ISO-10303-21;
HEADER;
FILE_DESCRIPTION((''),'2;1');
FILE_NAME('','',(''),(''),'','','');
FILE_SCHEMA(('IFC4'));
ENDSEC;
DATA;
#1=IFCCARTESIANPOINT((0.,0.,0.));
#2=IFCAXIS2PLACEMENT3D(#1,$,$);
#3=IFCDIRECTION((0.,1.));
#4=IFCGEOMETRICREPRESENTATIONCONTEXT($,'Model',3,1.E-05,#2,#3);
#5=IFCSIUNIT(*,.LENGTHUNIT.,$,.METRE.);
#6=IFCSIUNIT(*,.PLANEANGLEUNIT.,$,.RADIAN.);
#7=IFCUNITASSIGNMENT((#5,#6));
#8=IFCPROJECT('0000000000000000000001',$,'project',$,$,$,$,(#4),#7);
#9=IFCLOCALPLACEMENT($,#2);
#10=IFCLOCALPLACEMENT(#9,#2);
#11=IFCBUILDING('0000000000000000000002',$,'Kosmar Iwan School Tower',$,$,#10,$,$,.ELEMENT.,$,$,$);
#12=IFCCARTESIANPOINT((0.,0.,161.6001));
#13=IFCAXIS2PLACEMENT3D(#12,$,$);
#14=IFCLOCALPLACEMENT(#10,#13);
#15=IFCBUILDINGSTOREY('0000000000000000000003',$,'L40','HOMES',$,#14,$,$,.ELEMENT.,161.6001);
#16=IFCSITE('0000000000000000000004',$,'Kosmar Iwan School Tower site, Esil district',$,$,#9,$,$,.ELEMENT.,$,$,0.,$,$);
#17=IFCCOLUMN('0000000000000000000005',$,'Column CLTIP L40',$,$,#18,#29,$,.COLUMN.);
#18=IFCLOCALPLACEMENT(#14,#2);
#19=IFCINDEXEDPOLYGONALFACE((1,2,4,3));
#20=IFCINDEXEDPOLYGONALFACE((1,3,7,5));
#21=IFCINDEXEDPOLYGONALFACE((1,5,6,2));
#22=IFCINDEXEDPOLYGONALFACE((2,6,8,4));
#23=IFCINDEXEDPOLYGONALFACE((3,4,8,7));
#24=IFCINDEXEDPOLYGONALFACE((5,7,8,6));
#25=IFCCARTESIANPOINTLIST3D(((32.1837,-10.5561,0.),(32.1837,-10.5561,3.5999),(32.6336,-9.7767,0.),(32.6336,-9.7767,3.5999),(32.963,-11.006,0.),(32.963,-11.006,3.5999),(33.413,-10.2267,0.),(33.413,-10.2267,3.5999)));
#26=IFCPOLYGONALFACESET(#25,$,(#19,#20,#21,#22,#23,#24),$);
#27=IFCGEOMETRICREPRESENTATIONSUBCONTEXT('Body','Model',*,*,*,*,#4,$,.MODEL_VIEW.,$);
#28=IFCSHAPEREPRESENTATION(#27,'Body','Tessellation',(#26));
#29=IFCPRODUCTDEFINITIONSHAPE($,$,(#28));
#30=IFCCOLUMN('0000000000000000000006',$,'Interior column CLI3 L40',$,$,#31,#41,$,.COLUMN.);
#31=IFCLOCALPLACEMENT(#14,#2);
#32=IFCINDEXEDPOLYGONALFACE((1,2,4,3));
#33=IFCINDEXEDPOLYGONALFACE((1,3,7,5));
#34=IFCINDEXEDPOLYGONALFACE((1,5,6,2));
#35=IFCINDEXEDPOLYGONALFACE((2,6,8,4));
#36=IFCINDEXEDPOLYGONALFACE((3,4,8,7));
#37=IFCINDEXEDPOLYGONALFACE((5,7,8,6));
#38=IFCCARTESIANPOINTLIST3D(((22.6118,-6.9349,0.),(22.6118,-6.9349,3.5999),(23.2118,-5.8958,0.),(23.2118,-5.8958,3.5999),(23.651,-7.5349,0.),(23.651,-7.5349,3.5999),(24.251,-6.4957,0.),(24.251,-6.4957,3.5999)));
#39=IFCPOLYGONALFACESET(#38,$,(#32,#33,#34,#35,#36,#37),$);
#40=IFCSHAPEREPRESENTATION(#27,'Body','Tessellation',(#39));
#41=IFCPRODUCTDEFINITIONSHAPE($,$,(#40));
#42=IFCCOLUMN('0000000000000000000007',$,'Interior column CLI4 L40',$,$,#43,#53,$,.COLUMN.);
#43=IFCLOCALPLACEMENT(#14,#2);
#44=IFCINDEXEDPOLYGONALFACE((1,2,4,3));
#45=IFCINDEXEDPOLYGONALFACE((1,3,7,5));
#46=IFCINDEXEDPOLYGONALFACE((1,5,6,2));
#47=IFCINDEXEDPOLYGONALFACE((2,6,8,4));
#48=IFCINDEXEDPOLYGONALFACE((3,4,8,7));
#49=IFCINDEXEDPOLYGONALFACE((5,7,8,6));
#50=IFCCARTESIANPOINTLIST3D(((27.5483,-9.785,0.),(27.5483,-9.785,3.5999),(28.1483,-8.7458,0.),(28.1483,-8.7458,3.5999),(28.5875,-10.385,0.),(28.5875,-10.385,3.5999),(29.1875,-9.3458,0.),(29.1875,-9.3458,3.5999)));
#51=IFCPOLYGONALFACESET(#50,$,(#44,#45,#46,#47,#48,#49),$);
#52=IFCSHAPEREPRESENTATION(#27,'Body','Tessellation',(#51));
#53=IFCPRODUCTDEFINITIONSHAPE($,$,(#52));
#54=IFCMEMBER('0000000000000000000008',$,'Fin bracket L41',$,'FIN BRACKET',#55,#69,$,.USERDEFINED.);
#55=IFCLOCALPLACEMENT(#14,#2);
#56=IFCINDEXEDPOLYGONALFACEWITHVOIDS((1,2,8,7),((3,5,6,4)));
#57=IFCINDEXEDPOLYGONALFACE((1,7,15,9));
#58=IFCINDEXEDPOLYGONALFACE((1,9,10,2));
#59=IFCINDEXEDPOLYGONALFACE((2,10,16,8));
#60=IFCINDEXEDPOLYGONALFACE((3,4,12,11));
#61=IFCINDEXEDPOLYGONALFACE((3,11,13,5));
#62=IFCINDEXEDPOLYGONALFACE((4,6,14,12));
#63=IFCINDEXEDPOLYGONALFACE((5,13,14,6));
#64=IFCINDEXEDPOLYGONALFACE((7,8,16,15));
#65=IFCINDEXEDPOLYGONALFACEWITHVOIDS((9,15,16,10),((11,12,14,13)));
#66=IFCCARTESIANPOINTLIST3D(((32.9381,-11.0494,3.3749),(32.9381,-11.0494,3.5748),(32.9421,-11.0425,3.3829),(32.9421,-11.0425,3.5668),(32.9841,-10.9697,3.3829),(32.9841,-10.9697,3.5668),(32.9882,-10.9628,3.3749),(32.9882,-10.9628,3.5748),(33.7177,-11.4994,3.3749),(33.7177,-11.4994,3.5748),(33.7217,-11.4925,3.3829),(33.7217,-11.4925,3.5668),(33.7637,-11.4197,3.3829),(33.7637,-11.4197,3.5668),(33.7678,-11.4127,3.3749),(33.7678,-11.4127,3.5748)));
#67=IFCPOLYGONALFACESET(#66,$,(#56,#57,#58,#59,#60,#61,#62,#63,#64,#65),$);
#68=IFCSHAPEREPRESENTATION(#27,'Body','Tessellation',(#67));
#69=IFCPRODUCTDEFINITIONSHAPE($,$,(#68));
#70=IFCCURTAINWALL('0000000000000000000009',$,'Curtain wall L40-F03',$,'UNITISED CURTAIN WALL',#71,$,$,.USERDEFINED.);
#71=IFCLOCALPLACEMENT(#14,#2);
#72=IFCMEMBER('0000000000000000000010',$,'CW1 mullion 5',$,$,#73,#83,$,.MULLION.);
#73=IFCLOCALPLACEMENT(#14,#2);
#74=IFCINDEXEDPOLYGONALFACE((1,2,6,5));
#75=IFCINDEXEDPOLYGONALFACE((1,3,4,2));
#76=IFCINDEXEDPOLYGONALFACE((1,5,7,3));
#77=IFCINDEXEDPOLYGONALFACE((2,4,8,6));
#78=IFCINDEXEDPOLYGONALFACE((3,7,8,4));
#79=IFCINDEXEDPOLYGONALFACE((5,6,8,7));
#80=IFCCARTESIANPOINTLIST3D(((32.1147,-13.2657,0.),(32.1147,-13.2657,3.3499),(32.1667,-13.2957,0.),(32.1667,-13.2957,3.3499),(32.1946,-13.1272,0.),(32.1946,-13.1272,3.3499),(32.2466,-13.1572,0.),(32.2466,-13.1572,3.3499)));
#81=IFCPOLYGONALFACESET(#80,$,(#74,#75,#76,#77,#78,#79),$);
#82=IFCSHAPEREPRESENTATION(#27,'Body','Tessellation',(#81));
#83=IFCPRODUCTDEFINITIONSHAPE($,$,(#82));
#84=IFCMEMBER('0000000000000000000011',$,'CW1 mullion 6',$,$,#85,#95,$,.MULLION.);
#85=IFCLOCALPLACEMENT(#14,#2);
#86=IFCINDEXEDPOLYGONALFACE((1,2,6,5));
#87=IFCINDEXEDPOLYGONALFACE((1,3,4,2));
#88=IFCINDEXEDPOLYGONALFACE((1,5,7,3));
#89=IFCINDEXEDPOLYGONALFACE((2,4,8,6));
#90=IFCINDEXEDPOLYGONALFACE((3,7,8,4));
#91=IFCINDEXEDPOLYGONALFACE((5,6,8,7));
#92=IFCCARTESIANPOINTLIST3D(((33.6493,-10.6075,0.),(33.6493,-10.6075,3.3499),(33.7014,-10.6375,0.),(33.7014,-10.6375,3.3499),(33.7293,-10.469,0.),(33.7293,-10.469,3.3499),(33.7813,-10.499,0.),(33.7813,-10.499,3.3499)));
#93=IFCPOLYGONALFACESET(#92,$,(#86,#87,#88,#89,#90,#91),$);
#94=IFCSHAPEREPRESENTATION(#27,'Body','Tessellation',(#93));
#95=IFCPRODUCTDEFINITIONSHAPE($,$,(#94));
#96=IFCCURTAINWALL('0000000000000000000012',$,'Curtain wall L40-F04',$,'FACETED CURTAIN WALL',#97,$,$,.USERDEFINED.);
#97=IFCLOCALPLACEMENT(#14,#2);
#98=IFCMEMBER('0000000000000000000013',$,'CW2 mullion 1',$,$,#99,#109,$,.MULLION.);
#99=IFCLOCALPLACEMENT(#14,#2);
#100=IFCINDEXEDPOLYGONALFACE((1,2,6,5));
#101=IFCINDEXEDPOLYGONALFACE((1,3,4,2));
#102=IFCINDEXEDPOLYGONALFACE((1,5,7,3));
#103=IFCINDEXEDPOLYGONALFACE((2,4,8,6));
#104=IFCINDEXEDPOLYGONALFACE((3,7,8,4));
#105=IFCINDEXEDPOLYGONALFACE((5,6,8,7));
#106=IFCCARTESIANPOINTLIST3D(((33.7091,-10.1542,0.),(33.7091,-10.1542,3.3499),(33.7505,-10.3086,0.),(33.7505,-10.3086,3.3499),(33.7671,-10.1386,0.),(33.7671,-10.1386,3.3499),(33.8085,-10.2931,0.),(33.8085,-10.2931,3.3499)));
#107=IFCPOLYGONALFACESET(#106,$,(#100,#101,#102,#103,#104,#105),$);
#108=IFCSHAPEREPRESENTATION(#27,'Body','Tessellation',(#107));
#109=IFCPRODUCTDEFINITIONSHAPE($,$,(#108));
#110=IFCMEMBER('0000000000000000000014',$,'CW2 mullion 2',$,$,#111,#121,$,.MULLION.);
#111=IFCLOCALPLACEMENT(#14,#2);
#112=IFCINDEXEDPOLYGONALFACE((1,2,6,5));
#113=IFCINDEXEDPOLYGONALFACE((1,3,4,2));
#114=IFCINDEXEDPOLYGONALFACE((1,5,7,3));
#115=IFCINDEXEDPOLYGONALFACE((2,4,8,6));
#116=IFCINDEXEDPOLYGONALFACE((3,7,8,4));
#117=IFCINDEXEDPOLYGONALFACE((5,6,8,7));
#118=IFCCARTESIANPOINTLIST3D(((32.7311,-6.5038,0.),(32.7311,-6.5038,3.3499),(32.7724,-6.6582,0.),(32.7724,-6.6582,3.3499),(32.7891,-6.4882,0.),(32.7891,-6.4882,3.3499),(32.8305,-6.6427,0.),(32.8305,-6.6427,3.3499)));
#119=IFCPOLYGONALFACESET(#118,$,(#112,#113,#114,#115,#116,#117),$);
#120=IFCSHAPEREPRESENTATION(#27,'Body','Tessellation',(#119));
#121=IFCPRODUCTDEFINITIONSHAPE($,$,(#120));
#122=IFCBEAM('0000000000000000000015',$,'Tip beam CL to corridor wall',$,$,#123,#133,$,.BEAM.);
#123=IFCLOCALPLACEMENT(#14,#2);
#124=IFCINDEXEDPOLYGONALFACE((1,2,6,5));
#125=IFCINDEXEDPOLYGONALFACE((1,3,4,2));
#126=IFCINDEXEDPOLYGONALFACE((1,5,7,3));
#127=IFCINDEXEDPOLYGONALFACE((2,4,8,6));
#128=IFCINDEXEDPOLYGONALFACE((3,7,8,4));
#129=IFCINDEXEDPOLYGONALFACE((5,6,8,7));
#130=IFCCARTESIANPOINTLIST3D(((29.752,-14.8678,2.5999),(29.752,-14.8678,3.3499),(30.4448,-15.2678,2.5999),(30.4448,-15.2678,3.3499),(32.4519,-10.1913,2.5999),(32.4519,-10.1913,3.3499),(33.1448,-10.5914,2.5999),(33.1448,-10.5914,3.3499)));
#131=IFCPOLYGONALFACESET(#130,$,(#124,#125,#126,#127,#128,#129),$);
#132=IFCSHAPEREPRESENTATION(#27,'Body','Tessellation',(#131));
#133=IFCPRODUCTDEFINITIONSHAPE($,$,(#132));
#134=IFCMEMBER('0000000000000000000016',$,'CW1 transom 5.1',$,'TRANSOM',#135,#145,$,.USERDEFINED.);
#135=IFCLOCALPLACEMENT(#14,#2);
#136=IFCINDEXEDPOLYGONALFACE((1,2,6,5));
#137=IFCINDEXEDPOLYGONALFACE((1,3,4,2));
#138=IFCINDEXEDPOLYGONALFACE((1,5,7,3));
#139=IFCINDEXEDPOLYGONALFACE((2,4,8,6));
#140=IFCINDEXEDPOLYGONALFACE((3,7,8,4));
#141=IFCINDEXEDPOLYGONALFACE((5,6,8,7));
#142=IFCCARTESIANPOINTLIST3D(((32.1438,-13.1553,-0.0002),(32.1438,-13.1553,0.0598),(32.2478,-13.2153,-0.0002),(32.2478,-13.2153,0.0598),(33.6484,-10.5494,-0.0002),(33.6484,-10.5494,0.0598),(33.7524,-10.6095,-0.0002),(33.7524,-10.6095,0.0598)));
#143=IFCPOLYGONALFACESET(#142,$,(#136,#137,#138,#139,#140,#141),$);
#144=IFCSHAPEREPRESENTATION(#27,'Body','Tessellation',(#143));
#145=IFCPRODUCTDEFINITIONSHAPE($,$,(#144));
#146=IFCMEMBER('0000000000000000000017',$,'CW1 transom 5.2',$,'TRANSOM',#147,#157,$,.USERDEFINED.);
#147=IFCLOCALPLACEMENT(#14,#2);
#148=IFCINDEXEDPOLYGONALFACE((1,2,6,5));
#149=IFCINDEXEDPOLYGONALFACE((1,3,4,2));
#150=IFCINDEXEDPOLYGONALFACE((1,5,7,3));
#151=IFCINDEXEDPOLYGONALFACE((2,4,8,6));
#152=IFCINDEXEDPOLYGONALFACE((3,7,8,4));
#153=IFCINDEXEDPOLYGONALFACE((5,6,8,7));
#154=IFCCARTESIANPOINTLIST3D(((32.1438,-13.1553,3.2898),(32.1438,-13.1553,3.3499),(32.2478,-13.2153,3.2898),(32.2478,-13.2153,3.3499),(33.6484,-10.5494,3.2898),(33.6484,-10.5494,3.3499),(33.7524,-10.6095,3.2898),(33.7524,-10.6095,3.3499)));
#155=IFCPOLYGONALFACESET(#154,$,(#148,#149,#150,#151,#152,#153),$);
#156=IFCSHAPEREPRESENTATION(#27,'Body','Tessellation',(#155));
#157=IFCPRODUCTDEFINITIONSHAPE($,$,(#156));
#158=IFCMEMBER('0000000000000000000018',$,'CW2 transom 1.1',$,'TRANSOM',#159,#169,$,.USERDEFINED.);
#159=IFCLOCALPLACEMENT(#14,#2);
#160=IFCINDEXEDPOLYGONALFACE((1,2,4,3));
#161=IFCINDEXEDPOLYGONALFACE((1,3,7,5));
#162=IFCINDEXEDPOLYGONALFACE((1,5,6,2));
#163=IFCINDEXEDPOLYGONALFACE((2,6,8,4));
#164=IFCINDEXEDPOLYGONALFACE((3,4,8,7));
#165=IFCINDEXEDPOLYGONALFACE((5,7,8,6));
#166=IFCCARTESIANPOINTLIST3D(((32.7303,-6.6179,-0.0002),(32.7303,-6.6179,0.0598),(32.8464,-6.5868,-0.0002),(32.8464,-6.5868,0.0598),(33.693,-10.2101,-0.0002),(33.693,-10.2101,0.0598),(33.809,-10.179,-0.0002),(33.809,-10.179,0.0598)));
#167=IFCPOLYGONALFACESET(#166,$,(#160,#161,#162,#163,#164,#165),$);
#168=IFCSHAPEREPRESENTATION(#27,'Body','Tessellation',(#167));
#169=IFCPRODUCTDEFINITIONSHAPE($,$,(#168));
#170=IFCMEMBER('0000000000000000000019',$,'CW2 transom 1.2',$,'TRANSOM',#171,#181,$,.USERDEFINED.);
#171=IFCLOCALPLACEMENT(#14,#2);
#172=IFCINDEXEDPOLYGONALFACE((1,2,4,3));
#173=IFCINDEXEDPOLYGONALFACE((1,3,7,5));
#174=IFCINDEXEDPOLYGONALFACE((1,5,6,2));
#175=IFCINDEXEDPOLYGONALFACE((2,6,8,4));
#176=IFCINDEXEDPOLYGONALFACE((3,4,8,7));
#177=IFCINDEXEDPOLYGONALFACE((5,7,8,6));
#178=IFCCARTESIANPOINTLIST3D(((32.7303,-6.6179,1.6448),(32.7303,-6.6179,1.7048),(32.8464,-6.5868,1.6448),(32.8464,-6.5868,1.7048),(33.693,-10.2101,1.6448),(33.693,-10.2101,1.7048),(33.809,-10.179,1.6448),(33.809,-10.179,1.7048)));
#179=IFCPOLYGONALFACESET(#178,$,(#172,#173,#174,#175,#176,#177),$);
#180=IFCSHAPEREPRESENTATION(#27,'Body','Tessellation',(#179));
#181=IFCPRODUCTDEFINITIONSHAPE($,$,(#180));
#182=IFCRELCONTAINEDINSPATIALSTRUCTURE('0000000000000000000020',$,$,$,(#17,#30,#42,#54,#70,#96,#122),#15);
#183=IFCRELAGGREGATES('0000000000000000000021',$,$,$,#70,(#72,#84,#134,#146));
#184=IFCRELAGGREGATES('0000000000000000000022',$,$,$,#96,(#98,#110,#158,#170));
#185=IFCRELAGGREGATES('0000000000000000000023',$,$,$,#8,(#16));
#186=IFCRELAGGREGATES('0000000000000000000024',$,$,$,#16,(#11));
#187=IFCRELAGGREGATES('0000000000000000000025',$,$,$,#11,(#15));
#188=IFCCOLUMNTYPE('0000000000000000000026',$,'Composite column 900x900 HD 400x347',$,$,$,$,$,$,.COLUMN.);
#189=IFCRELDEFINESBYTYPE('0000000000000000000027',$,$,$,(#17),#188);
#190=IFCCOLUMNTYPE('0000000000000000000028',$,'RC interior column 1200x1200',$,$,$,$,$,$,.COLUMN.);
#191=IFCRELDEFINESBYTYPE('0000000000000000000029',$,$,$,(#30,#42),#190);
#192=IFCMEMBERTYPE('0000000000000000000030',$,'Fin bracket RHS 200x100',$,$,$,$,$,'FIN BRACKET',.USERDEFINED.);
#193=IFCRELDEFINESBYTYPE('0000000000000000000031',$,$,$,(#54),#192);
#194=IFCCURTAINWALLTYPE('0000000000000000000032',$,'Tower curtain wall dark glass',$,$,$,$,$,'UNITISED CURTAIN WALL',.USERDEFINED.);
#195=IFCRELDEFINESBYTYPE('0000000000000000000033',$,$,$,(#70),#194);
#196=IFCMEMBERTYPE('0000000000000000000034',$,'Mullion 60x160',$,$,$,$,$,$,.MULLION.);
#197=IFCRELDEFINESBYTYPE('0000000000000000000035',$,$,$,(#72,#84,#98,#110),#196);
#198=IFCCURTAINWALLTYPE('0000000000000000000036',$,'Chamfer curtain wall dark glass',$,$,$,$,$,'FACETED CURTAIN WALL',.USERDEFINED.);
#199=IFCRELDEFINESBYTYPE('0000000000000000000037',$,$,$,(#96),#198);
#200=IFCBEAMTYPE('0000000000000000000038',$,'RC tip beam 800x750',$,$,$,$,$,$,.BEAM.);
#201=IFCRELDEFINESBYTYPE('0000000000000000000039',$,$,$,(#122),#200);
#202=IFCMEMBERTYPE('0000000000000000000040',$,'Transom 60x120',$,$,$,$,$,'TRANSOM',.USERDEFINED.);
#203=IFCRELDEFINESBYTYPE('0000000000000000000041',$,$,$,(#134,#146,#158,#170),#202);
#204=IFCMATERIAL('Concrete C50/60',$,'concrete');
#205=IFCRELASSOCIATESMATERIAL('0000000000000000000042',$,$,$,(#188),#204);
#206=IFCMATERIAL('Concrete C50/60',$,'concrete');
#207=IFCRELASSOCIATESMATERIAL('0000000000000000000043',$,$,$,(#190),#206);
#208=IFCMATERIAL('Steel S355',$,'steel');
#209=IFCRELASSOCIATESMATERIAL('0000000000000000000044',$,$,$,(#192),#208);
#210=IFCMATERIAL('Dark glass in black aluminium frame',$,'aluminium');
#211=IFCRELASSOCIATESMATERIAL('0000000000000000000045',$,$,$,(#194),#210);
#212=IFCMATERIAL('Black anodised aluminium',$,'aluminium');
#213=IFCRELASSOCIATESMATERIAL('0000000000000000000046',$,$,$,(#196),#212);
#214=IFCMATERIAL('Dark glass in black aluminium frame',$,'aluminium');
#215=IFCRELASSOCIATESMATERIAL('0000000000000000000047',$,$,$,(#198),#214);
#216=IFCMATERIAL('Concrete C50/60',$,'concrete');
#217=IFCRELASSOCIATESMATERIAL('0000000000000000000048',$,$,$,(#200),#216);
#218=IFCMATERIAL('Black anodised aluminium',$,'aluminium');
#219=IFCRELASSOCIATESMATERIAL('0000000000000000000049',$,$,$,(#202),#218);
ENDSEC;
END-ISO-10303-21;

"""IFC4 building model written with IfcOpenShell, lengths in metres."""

from ifc_helpers import new_model, si_unit, direction, frame, origin, origin_2d, place, context, subcontext, project, spatial, rectangle, hollow_rectangle, extrude, material, material_profile, profile_set, type_object, element, aggregate, save


model = new_model("IFC4")

# Units and contexts
model_context = context("Model", 3, precision=1e-05, world=origin(), true_north=direction((0.0, 1.0)))
body_context = subcontext(model_context, "Body", "Model", "MODEL_VIEW")
ifc_project = project(units=[si_unit("LENGTHUNIT", "METRE"), si_unit("PLANEANGLEUNIT", "RADIAN")], contexts=[model_context])

# Site, building, storey
site_placement = place(None, origin())
site = spatial("IfcSite", under=ifc_project, at=site_placement, Name="Kosmar Iwan School Tower site, Esil district", CompositionType="ELEMENT", RefElevation=0.0)
building_placement = place(site_placement, origin())
building = spatial("IfcBuilding", under=site, at=building_placement, Name="Kosmar Iwan School Tower", CompositionType="ELEMENT")
storey_placement = place(building_placement, frame((0.0, 0.0, 161.6001)))
storey = spatial("IfcBuildingStorey", under=building, at=storey_placement, Name="L40", Description="HOMES", CompositionType="ELEMENT", Elevation=161.6001)

# Columns
ifc_material_1 = material(Name="Concrete C50/60", Category="concrete")
ifc_material_profile_1 = material_profile(ifc_material_1, rectangle(XDim=0.8999, YDim=0.8999, at=origin_2d()), Name="RC 900x900 + HD 400x347")
ifc_profile_set_1 = profile_set([ifc_material_profile_1], Name="Concrete C50/60")
column_type_1 = type_object("IfcColumnType", Name="Composite column 900x900 HD 400x347", PredefinedType="COLUMN", material=ifc_profile_set_1)
column_placement = place(storey_placement, frame((32.7983, -10.3914, 0.0), z_axis=(0.0, 0.0, 1.0), x_axis=(0.866025, -0.5, 0.0)))
element("IfcColumn", 1, at=column_placement, inside=storey, type_object=column_type_1, Name="Column CLTIP L40", PredefinedType="COLUMN", context=body_context, shape_type="SweptSolid", body=[
    extrude(rectangle(XDim=0.8999, YDim=0.8999, at=origin_2d()), origin(), (0.0, 0.0, 1.0), 3.5999),
])
ifc_material_2 = material(Name="Concrete C50/60", Category="concrete")
ifc_material_profile_2 = material_profile(ifc_material_2, rectangle(XDim=1.2, YDim=1.2, at=origin_2d()), Name="RC 1200x1200")
ifc_profile_set_2 = profile_set([ifc_material_profile_2], Name="Concrete C50/60")
column_type_2 = type_object("IfcColumnType", Name="RC interior column 1200x1200", PredefinedType="COLUMN", material=ifc_profile_set_2)
for number, where, z_axis, x_axis, name in (
    (2, (23.4314, -6.7153, 0.0), (0.0, 0.0, 1.0), (0.866025, -0.5, 0.0), "Interior column CLI3 L40"),
    (3, (28.3679, -9.5654, 0.0), (0.0, 0.0, 1.0), (0.866025, -0.5, 0.0), "Interior column CLI4 L40"),
):
    element("IfcColumn", number, at=place(storey_placement, frame(where, z_axis=z_axis, x_axis=x_axis)), inside=storey, type_object=column_type_2, Name=name, PredefinedType="COLUMN", context=body_context, shape_type="SweptSolid", body=[
        extrude(rectangle(XDim=1.2, YDim=1.2, at=origin_2d()), origin(), (0.0, 0.0, 1.0), 3.5999),
    ])

# Member
ifc_material_3 = material(Name="Steel S355", Category="steel")
ifc_material_profile_3 = material_profile(ifc_material_3, hollow_rectangle(XDim=0.1001, YDim=0.2, WallThickness=0.0081, at=origin_2d()), Name="RHS 200x100x8")
ifc_profile_set_3 = profile_set([ifc_material_profile_3], Name="Steel S355")
member_type_1 = type_object("IfcMemberType", Name="Fin bracket RHS 200x100", ElementType="FIN BRACKET", PredefinedType="USERDEFINED", material=ifc_profile_set_3)
member_1_placement = place(storey_placement, frame((32.9631, -11.0061, 3.4749), z_axis=(0.866082, -0.499902, 0.0), x_axis=(0.499902, 0.866082, 0.0)))
element("IfcMember", 4, at=member_1_placement, inside=storey, type_object=member_type_1, Name="Fin bracket L41", ObjectType="FIN BRACKET", PredefinedType="USERDEFINED", context=body_context, shape_type="SweptSolid", body=[
    extrude(hollow_rectangle(XDim=0.1001, YDim=0.2, WallThickness=0.0081, at=origin_2d()), origin(), (0.0, 0.0, 1.0), 0.9001),
])

# Curtain walls, members
ifc_material_4 = material(Name="Dark glass in black aluminium frame", Category="aluminium")
curtain_wall_type_1 = type_object("IfcCurtainWallType", Name="Tower curtain wall dark glass", ElementType="UNITISED CURTAIN WALL", PredefinedType="USERDEFINED", material=ifc_material_4)
curtain_wall_1_placement = place(storey_placement, origin())
curtain_wall_1 = element("IfcCurtainWall", 5, at=curtain_wall_1_placement, inside=storey, type_object=curtain_wall_type_1, Name="Curtain wall L40-F03", ObjectType="UNITISED CURTAIN WALL", PredefinedType="USERDEFINED")
ifc_material_5 = material(Name="Black anodised aluminium", Category="aluminium")
ifc_material_profile_4 = material_profile(ifc_material_5, rectangle(XDim=0.0601, YDim=0.1599, at=origin_2d()), Name="MULLION 60x160")
ifc_profile_set_4 = profile_set([ifc_material_profile_4], Name="Black anodised aluminium")
member_type_2 = type_object("IfcMemberType", Name="Mullion 60x160", PredefinedType="MULLION", material=ifc_profile_set_4)
member_2_placement = place(storey_placement, frame((32.1807, -13.2114, 0.0), z_axis=(0.0, 0.0, 1.0), x_axis=(-0.866025, 0.5, 0.0)))
member_2 = element("IfcMember", 6, at=member_2_placement, type_object=member_type_2, Name="CW1 mullion 5", PredefinedType="MULLION", context=body_context, shape_type="SweptSolid", body=[
    extrude(rectangle(XDim=0.0601, YDim=0.1599, at=origin_2d()), origin(), (0.0, 0.0, 1.0), 3.3499),
])
member_3_placement = place(storey_placement, frame((33.7153, -10.5532, 0.0), z_axis=(0.0, 0.0, 1.0), x_axis=(-0.866025, 0.5, 0.0)))
member_3 = element("IfcMember", 7, at=member_3_placement, type_object=member_type_2, Name="CW1 mullion 6", PredefinedType="MULLION", context=body_context, shape_type="SweptSolid", body=[
    extrude(rectangle(XDim=0.0601, YDim=0.1599, at=origin_2d()), origin(), (0.0, 0.0, 1.0), 3.3499),
])
ifc_material_6 = material(Name="Dark glass in black aluminium frame", Category="aluminium")
curtain_wall_type_2 = type_object("IfcCurtainWallType", Name="Chamfer curtain wall dark glass", ElementType="FACETED CURTAIN WALL", PredefinedType="USERDEFINED", material=ifc_material_6)
curtain_wall_2_placement = place(storey_placement, origin())
curtain_wall_2 = element("IfcCurtainWall", 8, at=curtain_wall_2_placement, inside=storey, type_object=curtain_wall_type_2, Name="Curtain wall L40-F04", ObjectType="FACETED CURTAIN WALL", PredefinedType="USERDEFINED")
member_4_placement = place(storey_placement, frame((33.7588, -10.2236, 0.0), z_axis=(0.0, 0.0, 1.0), x_axis=(-0.965926, -0.258819, 0.0)))
member_4 = element("IfcMember", 9, at=member_4_placement, type_object=member_type_2, Name="CW2 mullion 1", PredefinedType="MULLION", context=body_context, shape_type="SweptSolid", body=[
    extrude(rectangle(XDim=0.0601, YDim=0.1599, at=origin_2d()), origin(), (0.0, 0.0, 1.0), 3.3499),
])
member_5_placement = place(storey_placement, frame((32.7808, -6.5732, 0.0), z_axis=(0.0, 0.0, 1.0), x_axis=(-0.965926, -0.258819, 0.0)))
member_5 = element("IfcMember", 10, at=member_5_placement, type_object=member_type_2, Name="CW2 mullion 2", PredefinedType="MULLION", context=body_context, shape_type="SweptSolid", body=[
    extrude(rectangle(XDim=0.0601, YDim=0.1599, at=origin_2d()), origin(), (0.0, 0.0, 1.0), 3.3499),
])

# Beam
ifc_material_7 = material(Name="Concrete C50/60", Category="concrete")
ifc_material_profile_5 = material_profile(ifc_material_7, rectangle(XDim=0.8, YDim=0.75, at=origin_2d()), Name="RC 800x750")
ifc_profile_set_5 = profile_set([ifc_material_profile_5], Name="Concrete C50/60")
beam_type = type_object("IfcBeamType", Name="RC tip beam 800x750", PredefinedType="BEAM", material=ifc_profile_set_5)
beam_placement = place(storey_placement, frame((32.7983, -10.3914, 2.9749), z_axis=(-0.499995, -0.866028, 0.0), x_axis=(0.866028, -0.499995, 0.0)))
element("IfcBeam", 11, at=beam_placement, inside=storey, type_object=beam_type, Name="Tip beam CL to corridor wall", PredefinedType="BEAM", context=body_context, shape_type="SweptSolid", body=[
    extrude(rectangle(XDim=0.8, YDim=0.75, at=origin_2d()), origin(), (0.0, 0.0, 1.0), 5.3999),
])

# Members
ifc_material_8 = material(Name="Black anodised aluminium", Category="aluminium")
ifc_material_profile_6 = material_profile(ifc_material_8, rectangle(XDim=0.1201, YDim=0.0601, at=origin_2d()), Name="TRANSOM 60x120")
ifc_profile_set_6 = profile_set([ifc_material_profile_6], Name="Black anodised aluminium")
member_type_3 = type_object("IfcMemberType", Name="Transom 60x120", ElementType="TRANSOM", PredefinedType="USERDEFINED", material=ifc_profile_set_6)
member_6_placement = place(storey_placement, frame((32.1958, -13.1853, 0.0298), z_axis=(0.500022, 0.866013, 0.0), x_axis=(-0.866013, 0.500022, 0.0)))
member_6 = element("IfcMember", 12, at=member_6_placement, type_object=member_type_3, Name="CW1 transom 5.1", ObjectType="TRANSOM", PredefinedType="USERDEFINED", context=body_context, shape_type="SweptSolid", body=[
    extrude(rectangle(XDim=0.1201, YDim=0.0601, at=origin_2d()), origin(), (0.0, 0.0, 1.0), 3.009),
])
member_7_placement = place(storey_placement, frame((32.1958, -13.1853, 3.3198), z_axis=(0.500022, 0.866013, 0.0), x_axis=(-0.866013, 0.500022, 0.0)))
member_7 = element("IfcMember", 13, at=member_7_placement, type_object=member_type_3, Name="CW1 transom 5.2", ObjectType="TRANSOM", PredefinedType="USERDEFINED", context=body_context, shape_type="SweptSolid", body=[
    extrude(rectangle(XDim=0.1201, YDim=0.0601, at=origin_2d()), origin(), (0.0, 0.0, 1.0), 3.009),
])
member_8_placement = place(storey_placement, frame((33.751, -10.1946, 0.0298), z_axis=(-0.258843, 0.965919, 0.0), x_axis=(-0.965919, -0.258843, 0.0)))
member_8 = element("IfcMember", 14, at=member_8_placement, type_object=member_type_3, Name="CW2 transom 1.1", ObjectType="TRANSOM", PredefinedType="USERDEFINED", context=body_context, shape_type="SweptSolid", body=[
    extrude(rectangle(XDim=0.1201, YDim=0.0601, at=origin_2d()), origin(), (0.0, 0.0, 1.0), 3.719),
])
member_9_placement = place(storey_placement, frame((33.751, -10.1946, 1.6748), z_axis=(-0.258843, 0.965919, 0.0), x_axis=(-0.965919, -0.258843, 0.0)))
member_9 = element("IfcMember", 15, at=member_9_placement, type_object=member_type_3, Name="CW2 transom 1.2", ObjectType="TRANSOM", PredefinedType="USERDEFINED", context=body_context, shape_type="SweptSolid", body=[
    extrude(rectangle(XDim=0.1201, YDim=0.0601, at=origin_2d()), origin(), (0.0, 0.0, 1.0), 3.719),
])

aggregate(curtain_wall_1, [member_2, member_3, member_6, member_7])
aggregate(curtain_wall_2, [member_4, member_5, member_8, member_9])

save(model, "model.ifc")
